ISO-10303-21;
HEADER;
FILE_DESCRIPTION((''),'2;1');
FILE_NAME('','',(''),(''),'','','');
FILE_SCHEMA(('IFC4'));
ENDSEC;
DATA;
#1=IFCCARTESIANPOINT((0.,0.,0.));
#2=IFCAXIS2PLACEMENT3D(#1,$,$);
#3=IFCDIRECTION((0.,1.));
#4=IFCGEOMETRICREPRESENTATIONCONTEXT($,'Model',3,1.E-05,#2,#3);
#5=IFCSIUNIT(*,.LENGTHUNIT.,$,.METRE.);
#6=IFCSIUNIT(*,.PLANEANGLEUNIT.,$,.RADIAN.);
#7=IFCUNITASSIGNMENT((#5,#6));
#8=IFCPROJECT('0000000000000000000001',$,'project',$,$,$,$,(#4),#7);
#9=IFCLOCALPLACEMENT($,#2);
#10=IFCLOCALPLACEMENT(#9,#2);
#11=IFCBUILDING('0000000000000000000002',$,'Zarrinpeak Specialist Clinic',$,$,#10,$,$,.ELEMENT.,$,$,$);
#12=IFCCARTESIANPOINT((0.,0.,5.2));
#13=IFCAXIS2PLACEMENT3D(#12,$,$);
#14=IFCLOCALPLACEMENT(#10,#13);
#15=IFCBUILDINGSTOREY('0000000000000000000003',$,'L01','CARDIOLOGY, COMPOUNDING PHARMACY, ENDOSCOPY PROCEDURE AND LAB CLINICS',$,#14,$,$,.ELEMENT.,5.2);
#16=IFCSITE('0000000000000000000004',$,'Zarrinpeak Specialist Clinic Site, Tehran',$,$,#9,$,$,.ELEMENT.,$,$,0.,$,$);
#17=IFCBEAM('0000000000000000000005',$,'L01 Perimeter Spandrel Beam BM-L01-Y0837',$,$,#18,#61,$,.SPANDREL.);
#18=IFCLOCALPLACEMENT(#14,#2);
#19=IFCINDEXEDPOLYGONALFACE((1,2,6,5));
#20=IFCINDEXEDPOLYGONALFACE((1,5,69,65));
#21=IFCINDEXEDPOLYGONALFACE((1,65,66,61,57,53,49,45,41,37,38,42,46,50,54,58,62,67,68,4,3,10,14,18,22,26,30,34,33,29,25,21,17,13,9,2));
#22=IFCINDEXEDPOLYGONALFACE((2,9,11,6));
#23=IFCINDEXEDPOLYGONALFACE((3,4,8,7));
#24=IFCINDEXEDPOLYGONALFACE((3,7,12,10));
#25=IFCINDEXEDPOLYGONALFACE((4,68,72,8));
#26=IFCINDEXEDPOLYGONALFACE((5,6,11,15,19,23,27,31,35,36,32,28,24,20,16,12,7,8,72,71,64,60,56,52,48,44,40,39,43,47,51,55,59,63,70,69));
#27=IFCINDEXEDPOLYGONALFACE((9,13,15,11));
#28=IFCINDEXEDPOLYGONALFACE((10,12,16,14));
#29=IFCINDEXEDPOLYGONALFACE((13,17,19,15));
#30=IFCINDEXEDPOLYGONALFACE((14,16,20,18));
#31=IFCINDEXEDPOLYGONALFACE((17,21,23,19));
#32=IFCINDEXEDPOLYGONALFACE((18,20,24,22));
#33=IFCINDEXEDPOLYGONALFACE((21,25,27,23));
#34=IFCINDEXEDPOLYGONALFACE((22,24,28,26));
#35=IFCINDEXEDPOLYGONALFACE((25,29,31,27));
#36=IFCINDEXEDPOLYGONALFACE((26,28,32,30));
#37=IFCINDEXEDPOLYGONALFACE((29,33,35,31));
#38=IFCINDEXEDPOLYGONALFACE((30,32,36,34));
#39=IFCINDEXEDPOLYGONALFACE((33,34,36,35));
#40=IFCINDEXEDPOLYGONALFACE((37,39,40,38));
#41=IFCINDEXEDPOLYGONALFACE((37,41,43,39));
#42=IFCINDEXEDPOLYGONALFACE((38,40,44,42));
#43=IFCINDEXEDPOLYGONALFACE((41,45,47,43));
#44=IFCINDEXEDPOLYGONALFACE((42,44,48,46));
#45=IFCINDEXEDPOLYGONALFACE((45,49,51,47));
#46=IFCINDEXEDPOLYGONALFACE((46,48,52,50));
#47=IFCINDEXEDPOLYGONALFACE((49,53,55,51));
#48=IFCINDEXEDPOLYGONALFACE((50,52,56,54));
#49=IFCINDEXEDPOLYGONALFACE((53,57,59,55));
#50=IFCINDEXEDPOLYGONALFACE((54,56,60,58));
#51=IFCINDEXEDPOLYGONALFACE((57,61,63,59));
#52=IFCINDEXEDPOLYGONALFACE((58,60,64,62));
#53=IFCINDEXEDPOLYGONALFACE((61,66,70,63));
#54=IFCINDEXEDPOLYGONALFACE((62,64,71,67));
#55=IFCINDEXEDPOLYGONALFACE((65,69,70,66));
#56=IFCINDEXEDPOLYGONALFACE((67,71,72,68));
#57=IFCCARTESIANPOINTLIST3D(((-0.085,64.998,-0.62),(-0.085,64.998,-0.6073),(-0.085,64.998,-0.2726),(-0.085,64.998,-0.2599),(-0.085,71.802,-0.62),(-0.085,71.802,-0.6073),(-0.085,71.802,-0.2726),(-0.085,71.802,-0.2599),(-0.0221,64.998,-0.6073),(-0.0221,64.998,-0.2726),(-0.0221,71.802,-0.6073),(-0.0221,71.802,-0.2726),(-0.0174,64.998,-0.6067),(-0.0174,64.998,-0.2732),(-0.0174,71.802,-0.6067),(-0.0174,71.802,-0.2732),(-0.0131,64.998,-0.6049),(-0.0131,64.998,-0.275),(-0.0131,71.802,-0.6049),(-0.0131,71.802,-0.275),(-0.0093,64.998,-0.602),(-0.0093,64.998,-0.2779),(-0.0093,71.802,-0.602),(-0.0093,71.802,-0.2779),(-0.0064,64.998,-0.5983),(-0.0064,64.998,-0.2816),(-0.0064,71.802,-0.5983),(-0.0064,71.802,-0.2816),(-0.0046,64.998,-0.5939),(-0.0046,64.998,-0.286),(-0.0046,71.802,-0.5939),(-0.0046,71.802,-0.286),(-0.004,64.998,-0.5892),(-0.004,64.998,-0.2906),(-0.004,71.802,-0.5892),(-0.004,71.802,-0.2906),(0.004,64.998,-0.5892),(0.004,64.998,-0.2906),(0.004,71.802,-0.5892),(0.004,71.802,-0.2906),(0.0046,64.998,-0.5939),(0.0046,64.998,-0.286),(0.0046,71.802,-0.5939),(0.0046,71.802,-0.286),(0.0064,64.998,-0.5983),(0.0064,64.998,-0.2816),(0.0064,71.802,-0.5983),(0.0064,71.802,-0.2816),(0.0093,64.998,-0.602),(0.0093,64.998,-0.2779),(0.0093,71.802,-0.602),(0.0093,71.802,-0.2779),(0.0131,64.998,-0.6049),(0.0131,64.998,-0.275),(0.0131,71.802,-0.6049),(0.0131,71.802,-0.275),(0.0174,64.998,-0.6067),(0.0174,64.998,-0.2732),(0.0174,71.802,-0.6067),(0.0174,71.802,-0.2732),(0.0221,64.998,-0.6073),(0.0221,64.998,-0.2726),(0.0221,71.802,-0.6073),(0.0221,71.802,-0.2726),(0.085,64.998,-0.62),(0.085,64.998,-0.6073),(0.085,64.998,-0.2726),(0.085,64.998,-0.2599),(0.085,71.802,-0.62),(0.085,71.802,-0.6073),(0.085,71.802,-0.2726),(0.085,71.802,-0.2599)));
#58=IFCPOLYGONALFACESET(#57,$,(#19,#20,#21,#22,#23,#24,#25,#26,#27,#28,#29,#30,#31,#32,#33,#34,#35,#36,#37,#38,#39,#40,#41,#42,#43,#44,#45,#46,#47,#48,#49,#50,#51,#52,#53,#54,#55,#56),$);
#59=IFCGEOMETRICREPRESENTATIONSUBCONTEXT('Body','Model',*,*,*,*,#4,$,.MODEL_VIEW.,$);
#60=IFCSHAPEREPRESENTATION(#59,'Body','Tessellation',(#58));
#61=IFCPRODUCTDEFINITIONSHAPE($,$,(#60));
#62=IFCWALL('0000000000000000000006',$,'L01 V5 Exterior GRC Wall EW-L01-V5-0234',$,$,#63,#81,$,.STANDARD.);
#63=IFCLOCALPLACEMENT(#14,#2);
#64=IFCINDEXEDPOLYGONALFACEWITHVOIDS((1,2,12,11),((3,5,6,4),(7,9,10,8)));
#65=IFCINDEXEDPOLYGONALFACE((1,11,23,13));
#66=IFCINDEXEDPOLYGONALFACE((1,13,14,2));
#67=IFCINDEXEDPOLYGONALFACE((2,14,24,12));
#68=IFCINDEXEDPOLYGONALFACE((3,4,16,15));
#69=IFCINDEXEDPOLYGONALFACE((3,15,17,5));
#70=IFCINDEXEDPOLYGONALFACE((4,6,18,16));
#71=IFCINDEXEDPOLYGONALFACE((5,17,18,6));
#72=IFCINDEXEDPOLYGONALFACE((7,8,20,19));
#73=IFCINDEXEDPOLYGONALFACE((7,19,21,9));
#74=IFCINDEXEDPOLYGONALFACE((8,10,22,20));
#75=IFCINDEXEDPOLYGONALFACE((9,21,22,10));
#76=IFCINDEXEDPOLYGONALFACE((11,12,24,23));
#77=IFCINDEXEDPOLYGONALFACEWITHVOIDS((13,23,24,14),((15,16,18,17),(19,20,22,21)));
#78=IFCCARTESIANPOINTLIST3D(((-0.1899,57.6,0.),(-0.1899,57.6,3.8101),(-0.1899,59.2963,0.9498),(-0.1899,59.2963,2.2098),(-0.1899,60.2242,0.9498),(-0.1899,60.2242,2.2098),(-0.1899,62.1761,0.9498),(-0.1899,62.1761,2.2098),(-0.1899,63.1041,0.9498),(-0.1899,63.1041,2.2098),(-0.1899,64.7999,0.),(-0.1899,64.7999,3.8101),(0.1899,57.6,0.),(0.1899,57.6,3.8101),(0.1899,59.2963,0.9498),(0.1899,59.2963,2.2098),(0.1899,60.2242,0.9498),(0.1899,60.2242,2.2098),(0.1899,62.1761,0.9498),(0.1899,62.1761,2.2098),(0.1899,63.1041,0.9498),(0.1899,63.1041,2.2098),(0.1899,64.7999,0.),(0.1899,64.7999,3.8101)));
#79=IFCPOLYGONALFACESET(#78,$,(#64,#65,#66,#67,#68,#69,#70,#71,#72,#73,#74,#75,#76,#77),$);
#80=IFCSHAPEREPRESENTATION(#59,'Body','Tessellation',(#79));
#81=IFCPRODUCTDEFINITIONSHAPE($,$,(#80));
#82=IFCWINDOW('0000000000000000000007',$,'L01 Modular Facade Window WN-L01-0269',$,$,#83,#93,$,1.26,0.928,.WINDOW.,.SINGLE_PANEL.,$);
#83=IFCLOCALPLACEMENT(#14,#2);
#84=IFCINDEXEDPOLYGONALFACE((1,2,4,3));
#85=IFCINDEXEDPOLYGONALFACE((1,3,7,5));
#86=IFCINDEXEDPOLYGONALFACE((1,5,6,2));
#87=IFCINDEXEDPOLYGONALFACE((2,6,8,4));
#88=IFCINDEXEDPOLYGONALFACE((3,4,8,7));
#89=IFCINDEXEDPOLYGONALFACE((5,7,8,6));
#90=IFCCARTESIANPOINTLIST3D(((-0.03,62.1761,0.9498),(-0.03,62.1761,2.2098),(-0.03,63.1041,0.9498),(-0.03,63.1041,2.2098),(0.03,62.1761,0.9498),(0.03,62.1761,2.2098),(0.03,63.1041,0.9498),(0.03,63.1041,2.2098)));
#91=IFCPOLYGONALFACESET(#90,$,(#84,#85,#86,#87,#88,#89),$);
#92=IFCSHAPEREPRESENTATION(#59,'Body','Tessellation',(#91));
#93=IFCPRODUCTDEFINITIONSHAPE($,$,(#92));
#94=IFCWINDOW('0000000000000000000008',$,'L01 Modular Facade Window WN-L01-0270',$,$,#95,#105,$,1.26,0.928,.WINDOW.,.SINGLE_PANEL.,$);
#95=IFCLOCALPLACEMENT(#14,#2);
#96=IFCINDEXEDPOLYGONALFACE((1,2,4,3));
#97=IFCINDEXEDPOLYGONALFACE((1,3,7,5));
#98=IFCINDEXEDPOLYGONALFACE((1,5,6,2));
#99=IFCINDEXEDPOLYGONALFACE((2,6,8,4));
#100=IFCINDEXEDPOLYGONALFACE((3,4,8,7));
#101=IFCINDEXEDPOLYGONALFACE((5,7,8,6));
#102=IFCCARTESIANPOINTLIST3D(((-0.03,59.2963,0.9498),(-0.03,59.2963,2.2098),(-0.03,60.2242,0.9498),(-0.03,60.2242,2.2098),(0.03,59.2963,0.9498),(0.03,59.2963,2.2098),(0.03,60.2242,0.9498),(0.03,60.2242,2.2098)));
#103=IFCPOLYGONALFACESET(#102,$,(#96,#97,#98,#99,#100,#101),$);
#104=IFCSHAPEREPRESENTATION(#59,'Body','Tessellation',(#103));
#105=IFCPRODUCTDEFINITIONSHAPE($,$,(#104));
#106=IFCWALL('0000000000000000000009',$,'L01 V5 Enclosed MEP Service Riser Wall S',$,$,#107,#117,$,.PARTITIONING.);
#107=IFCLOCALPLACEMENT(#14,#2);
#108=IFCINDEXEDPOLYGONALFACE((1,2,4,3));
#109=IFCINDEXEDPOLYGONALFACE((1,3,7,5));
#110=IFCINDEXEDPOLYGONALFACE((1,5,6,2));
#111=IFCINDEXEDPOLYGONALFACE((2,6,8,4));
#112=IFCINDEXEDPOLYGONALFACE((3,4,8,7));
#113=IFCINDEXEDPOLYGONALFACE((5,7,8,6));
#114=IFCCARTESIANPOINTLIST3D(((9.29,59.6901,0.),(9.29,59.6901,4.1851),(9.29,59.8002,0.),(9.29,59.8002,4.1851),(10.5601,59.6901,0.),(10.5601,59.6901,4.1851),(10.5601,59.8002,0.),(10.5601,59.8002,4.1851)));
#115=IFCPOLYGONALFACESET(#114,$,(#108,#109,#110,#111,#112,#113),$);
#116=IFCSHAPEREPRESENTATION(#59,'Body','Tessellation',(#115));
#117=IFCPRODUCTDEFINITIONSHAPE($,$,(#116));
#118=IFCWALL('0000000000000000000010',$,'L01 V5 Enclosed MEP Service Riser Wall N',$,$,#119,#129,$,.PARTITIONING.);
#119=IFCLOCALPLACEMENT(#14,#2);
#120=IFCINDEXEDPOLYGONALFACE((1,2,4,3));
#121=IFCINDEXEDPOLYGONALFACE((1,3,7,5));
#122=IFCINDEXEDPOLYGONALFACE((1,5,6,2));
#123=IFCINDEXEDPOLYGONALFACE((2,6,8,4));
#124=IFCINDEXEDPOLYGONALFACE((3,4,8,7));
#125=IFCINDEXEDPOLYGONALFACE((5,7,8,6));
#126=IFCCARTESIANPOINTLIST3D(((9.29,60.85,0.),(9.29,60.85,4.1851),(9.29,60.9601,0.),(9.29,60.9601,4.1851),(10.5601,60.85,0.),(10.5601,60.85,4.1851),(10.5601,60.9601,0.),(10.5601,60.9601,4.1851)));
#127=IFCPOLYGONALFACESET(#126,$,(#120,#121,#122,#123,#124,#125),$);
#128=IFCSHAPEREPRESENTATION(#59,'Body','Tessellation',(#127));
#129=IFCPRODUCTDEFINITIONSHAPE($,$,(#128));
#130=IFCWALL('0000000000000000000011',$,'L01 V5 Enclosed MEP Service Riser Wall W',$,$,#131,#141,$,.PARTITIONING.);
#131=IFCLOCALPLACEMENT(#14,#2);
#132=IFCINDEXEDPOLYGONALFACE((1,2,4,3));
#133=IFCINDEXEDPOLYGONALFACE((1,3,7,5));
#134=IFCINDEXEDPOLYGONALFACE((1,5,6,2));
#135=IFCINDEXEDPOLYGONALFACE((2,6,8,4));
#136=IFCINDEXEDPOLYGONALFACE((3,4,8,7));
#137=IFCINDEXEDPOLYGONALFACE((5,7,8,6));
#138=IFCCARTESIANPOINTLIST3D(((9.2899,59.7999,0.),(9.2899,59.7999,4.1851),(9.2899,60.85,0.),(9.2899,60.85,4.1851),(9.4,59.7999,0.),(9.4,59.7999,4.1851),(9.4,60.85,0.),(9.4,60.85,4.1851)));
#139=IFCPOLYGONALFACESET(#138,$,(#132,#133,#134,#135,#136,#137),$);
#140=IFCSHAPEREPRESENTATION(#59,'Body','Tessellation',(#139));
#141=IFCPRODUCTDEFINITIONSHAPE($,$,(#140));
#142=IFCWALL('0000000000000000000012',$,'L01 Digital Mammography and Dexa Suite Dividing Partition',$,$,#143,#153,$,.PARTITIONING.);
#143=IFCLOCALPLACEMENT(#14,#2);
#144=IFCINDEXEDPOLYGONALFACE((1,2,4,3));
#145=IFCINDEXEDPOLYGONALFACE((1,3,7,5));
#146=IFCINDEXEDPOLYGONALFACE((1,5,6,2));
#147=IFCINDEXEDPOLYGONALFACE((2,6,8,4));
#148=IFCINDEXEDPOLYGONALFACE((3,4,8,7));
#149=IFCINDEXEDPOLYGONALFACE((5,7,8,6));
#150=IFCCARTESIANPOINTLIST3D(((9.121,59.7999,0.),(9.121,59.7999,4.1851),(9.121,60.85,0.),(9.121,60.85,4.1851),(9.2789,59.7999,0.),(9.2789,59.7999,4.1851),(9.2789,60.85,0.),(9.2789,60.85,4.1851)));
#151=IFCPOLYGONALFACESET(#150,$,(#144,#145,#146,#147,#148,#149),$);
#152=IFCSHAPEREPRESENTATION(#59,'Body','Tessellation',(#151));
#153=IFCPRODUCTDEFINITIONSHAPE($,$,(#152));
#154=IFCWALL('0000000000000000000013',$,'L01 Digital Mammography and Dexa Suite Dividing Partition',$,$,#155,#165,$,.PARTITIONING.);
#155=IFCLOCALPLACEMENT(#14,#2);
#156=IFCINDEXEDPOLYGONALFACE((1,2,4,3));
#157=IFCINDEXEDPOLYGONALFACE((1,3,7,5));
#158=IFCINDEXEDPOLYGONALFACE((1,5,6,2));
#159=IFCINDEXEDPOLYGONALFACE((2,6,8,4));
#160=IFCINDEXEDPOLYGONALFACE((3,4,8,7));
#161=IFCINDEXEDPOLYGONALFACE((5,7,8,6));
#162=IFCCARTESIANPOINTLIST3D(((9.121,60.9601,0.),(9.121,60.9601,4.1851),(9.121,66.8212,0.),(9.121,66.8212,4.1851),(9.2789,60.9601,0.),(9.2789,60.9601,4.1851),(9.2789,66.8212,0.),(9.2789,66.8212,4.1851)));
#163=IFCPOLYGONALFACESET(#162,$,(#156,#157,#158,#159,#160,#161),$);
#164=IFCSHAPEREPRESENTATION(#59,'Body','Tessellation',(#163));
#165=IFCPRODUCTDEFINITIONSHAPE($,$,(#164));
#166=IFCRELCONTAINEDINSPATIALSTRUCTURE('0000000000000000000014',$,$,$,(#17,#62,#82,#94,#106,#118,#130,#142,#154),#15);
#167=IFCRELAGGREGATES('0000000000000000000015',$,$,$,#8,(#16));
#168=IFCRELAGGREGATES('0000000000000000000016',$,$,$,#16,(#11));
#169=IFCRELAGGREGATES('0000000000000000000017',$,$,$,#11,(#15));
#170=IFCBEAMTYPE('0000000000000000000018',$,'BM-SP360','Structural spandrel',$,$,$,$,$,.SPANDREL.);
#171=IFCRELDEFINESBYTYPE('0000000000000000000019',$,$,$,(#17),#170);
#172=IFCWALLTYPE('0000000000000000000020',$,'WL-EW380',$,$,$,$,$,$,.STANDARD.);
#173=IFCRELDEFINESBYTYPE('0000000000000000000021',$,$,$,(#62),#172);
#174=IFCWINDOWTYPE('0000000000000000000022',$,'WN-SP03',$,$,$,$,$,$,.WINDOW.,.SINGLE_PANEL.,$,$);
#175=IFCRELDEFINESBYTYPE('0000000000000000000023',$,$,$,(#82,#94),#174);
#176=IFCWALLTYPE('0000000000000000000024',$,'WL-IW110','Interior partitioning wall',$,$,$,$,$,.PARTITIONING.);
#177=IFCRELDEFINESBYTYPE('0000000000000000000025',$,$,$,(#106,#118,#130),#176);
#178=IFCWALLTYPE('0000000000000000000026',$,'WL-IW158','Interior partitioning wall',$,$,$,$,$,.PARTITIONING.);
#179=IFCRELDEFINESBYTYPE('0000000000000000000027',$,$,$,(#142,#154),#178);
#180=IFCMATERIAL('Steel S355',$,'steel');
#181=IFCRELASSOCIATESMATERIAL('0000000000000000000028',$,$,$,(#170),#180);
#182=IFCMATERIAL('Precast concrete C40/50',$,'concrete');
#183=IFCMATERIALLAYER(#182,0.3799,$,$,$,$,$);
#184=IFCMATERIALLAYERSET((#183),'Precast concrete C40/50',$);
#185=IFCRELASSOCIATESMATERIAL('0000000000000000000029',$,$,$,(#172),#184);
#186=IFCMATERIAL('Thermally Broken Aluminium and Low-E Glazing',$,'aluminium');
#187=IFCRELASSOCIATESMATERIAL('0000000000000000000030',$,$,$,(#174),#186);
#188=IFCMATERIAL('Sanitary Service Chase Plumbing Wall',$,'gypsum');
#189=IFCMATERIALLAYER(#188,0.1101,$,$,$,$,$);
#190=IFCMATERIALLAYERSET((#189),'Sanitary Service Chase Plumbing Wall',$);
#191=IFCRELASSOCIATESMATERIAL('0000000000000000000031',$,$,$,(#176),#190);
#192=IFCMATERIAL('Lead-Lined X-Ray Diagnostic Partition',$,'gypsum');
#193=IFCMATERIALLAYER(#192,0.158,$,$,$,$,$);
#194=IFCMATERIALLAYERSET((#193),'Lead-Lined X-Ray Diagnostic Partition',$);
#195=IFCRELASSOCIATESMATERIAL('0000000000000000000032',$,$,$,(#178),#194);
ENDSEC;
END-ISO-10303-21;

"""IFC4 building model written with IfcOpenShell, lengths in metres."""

from ifc_helpers import new_model, si_unit, direction, frame, frame_2d, origin, origin_2d, place, context, subcontext, project, spatial, rectangle, i_section, extrude, material, layer, layer_set, material_profile, profile_set, type_object, element, fill, save


model = new_model("IFC4")

# Units and contexts
model_context = context("Model", 3, precision=1e-05, world=origin(), true_north=direction((0.0, 1.0)))
body_context = subcontext(model_context, "Body", "Model", "MODEL_VIEW")
ifc_project = project(units=[si_unit("LENGTHUNIT", "METRE"), si_unit("PLANEANGLEUNIT", "RADIAN")], contexts=[model_context])

# Site, building, storey
site_placement = place(None, origin())
site = spatial("IfcSite", under=ifc_project, at=site_placement, Name="Zarrinpeak Specialist Clinic Site, Tehran", CompositionType="ELEMENT", RefElevation=0.0)
building_placement = place(site_placement, origin())
building = spatial("IfcBuilding", under=site, at=building_placement, Name="Zarrinpeak Specialist Clinic", CompositionType="ELEMENT")
storey_placement = place(building_placement, frame((0.0, 0.0, 5.2)))
storey = spatial("IfcBuildingStorey", under=building, at=storey_placement, Name="L01", Description="CARDIOLOGY, COMPOUNDING PHARMACY, ENDOSCOPY PROCEDURE AND LAB CLINICS", CompositionType="ELEMENT", Elevation=5.2)

# Shared definitions
ifc_material_1 = material(Name="Steel S355", Category="steel")

# Beam
ifc_material_profile_1 = material_profile(ifc_material_1, i_section(OverallWidth=0.1699, OverallDepth=0.3601, WebThickness=0.0081, FlangeThickness=0.0127, FilletRadius=0.0181, at=origin_2d()), Name="IPE 360")
ifc_profile_set_1 = profile_set([ifc_material_profile_1], Name="Steel S355")
beam_type_1 = type_object("IfcBeamType", Name="BM-SP360", Description="Structural spandrel", PredefinedType="SPANDREL", material=ifc_profile_set_1)
for number, where, z_axis, x_axis, name in (
    (1, (0.0, 64.998, -0.4399), (0.0, 1.0, 0.0), (-1.0, 0.0, 0.0), "L01 Perimeter Spandrel Beam BM-L01-Y0837"),
):
    element("IfcBeam", number, at=place(storey_placement, frame(where, z_axis=z_axis, x_axis=x_axis)), inside=storey, type_object=beam_type_1, Name=name, PredefinedType="SPANDREL", context=body_context, shape_type="SweptSolid", body=[
        extrude(i_section(OverallWidth=0.1699, OverallDepth=0.3601, WebThickness=0.0081, FlangeThickness=0.0127, FilletRadius=0.0181, at=origin_2d()), origin(), (0.0, 0.0, 1.0), 6.804),
    ])

# Wall, openings, windows
ifc_material_2 = material(Name="Precast concrete C40/50", Category="concrete")
ifc_layer_1 = layer(ifc_material_2, 0.3799)
ifc_layer_set_1 = layer_set([ifc_layer_1], Name="Precast concrete C40/50")
wall_type_1 = type_object("IfcWallType", Name="WL-EW380", PredefinedType="STANDARD", material=ifc_layer_set_1)
wall_1_placement = place(storey_placement, frame((0.0, 64.8, 0.0), z_axis=(0.0, 0.0, 1.0), x_axis=(0.0, -1.0, 0.0)))
wall_1 = element("IfcWall", 2, at=wall_1_placement, inside=storey, type_object=wall_type_1, Name="L01 V5 Exterior GRC Wall EW-L01-V5-0234", PredefinedType="STANDARD", context=body_context, shape_type="SweptSolid", body=[
    extrude(rectangle(XDim=7.2, YDim=0.3799, at=frame_2d((3.6001, 0.0))), origin(), (0.0, 0.0, 1.0), 3.8101),
])
opening_1_placement = place(wall_1_placement, frame((1.696, 0.0, 0.95)))
opening_1 = element("IfcOpeningElement", 3, at=opening_1_placement, cuts=wall_1, PredefinedType="OPENING", context=body_context, shape_type="SweptSolid", body=[
    extrude(rectangle(XDim=0.928, YDim=1.26, at=frame_2d((0.4639, 0.6299))), frame((0.0, 0.2, 0.0), z_axis=(0.0, -1.0, 0.0), x_axis=(1.0, 0.0, 0.0)), (0.0, 0.0, 1.0), 0.3999),
])
opening_2_placement = place(wall_1_placement, frame((4.5759, 0.0, 0.95)))
opening_2 = element("IfcOpeningElement", 4, at=opening_2_placement, cuts=wall_1, PredefinedType="OPENING", context=body_context, shape_type="SweptSolid", body=[
    extrude(rectangle(XDim=0.928, YDim=1.26, at=frame_2d((0.4639, 0.6299))), frame((0.0, 0.2, 0.0), z_axis=(0.0, -1.0, 0.0), x_axis=(1.0, 0.0, 0.0)), (0.0, 0.0, 1.0), 0.3999),
])
ifc_material_3 = material(Name="Thermally Broken Aluminium and Low-E Glazing", Category="aluminium")
window_type = type_object("IfcWindowType", Name="WN-SP03", PartitioningType="SINGLE_PANEL", PredefinedType="WINDOW", material=ifc_material_3)
window_1_placement = place(opening_1_placement, origin())
window_1 = element("IfcWindow", 5, at=window_1_placement, inside=storey, type_object=window_type, Name="L01 Modular Facade Window WN-L01-0269", OverallHeight=1.26, OverallWidth=0.928, PartitioningType="SINGLE_PANEL", PredefinedType="WINDOW", context=body_context, shape_type="SweptSolid", body=[
    extrude(rectangle(XDim=0.928, YDim=1.26, at=frame_2d((0.4639, 0.6299))), frame((0.0, 0.03, 0.0), z_axis=(0.0, -1.0, 0.0), x_axis=(1.0, 0.0, 0.0)), (0.0, 0.0, 1.0), 0.0601),
])
fill(opening_1, window_1)
window_2_placement = place(opening_2_placement, origin())
window_2 = element("IfcWindow", 6, at=window_2_placement, inside=storey, type_object=window_type, Name="L01 Modular Facade Window WN-L01-0270", OverallHeight=1.26, OverallWidth=0.928, PartitioningType="SINGLE_PANEL", PredefinedType="WINDOW", context=body_context, shape_type="SweptSolid", body=[
    extrude(rectangle(XDim=0.928, YDim=1.26, at=frame_2d((0.4639, 0.6299))), frame((0.0, 0.03, 0.0), z_axis=(0.0, -1.0, 0.0), x_axis=(1.0, 0.0, 0.0)), (0.0, 0.0, 1.0), 0.0601),
])
fill(opening_2, window_2)

# Walls
ifc_material_4 = material(Name="Sanitary Service Chase Plumbing Wall", Category="gypsum")
ifc_layer_2 = layer(ifc_material_4, 0.1101)
ifc_layer_set_2 = layer_set([ifc_layer_2], Name="Sanitary Service Chase Plumbing Wall")
wall_type_2 = type_object("IfcWallType", Name="WL-IW110", Description="Interior partitioning wall", PredefinedType="PARTITIONING", material=ifc_layer_set_2)
for number, where, z_axis, x_axis, name in (
    (7, (9.29, 59.7451, 0.0), (0.0, 0.0, 1.0), (1.0, 0.0, 0.0), "L01 V5 Enclosed MEP Service Riser Wall S"),
    (8, (9.29, 60.905, 0.0), (0.0, 0.0, 1.0), (1.0, 0.0, 0.0), "L01 V5 Enclosed MEP Service Riser Wall N"),
):
    element("IfcWall", number, at=place(storey_placement, frame(where, z_axis=z_axis, x_axis=x_axis)), inside=storey, type_object=wall_type_2, Name=name, PredefinedType="PARTITIONING", context=body_context, shape_type="SweptSolid", body=[
        extrude(rectangle(XDim=1.27, YDim=0.1101, at=frame_2d((0.635, 0.0))), origin(), (0.0, 0.0, 1.0), 4.1851),
    ])
wall_2_placement = place(storey_placement, frame((9.345, 59.8, 0.0), z_axis=(0.0, 0.0, 1.0), x_axis=(0.0, 1.0, 0.0)))
element("IfcWall", 9, at=wall_2_placement, inside=storey, type_object=wall_type_2, Name="L01 V5 Enclosed MEP Service Riser Wall W", PredefinedType="PARTITIONING", context=body_context, shape_type="SweptSolid", body=[
    extrude(rectangle(XDim=1.05, YDim=0.1101, at=frame_2d((0.5249, 0.0))), origin(), (0.0, 0.0, 1.0), 4.1851),
])
ifc_material_5 = material(Name="Lead-Lined X-Ray Diagnostic Partition", Category="gypsum")
ifc_layer_3 = layer(ifc_material_5, 0.158)
ifc_layer_set_3 = layer_set([ifc_layer_3], Name="Lead-Lined X-Ray Diagnostic Partition")
wall_type_3 = type_object("IfcWallType", Name="WL-IW158", Description="Interior partitioning wall", PredefinedType="PARTITIONING", material=ifc_layer_set_3)
wall_3_placement = place(storey_placement, frame((9.2, 59.8, 0.0), z_axis=(0.0, 0.0, 1.0), x_axis=(0.0, 1.0, 0.0)))
element("IfcWall", 10, at=wall_3_placement, inside=storey, type_object=wall_type_3, Name="L01 Digital Mammography and Dexa Suite Dividing Partition", PredefinedType="PARTITIONING", context=body_context, shape_type="SweptSolid", body=[
    extrude(rectangle(XDim=1.05, YDim=0.158, at=frame_2d((0.5249, 0.0))), origin(), (0.0, 0.0, 1.0), 4.1851),
])
wall_4_placement = place(storey_placement, frame((9.2, 60.96, 0.0), z_axis=(0.0, 0.0, 1.0), x_axis=(0.0, 1.0, 0.0)))
element("IfcWall", 11, at=wall_4_placement, inside=storey, type_object=wall_type_3, Name="L01 Digital Mammography and Dexa Suite Dividing Partition", PredefinedType="PARTITIONING", context=body_context, shape_type="SweptSolid", body=[
    extrude(rectangle(XDim=5.8611, YDim=0.158, at=frame_2d((2.9307, 0.0))), origin(), (0.0, 0.0, 1.0), 4.1851),
])

save(model, "model.ifc")
